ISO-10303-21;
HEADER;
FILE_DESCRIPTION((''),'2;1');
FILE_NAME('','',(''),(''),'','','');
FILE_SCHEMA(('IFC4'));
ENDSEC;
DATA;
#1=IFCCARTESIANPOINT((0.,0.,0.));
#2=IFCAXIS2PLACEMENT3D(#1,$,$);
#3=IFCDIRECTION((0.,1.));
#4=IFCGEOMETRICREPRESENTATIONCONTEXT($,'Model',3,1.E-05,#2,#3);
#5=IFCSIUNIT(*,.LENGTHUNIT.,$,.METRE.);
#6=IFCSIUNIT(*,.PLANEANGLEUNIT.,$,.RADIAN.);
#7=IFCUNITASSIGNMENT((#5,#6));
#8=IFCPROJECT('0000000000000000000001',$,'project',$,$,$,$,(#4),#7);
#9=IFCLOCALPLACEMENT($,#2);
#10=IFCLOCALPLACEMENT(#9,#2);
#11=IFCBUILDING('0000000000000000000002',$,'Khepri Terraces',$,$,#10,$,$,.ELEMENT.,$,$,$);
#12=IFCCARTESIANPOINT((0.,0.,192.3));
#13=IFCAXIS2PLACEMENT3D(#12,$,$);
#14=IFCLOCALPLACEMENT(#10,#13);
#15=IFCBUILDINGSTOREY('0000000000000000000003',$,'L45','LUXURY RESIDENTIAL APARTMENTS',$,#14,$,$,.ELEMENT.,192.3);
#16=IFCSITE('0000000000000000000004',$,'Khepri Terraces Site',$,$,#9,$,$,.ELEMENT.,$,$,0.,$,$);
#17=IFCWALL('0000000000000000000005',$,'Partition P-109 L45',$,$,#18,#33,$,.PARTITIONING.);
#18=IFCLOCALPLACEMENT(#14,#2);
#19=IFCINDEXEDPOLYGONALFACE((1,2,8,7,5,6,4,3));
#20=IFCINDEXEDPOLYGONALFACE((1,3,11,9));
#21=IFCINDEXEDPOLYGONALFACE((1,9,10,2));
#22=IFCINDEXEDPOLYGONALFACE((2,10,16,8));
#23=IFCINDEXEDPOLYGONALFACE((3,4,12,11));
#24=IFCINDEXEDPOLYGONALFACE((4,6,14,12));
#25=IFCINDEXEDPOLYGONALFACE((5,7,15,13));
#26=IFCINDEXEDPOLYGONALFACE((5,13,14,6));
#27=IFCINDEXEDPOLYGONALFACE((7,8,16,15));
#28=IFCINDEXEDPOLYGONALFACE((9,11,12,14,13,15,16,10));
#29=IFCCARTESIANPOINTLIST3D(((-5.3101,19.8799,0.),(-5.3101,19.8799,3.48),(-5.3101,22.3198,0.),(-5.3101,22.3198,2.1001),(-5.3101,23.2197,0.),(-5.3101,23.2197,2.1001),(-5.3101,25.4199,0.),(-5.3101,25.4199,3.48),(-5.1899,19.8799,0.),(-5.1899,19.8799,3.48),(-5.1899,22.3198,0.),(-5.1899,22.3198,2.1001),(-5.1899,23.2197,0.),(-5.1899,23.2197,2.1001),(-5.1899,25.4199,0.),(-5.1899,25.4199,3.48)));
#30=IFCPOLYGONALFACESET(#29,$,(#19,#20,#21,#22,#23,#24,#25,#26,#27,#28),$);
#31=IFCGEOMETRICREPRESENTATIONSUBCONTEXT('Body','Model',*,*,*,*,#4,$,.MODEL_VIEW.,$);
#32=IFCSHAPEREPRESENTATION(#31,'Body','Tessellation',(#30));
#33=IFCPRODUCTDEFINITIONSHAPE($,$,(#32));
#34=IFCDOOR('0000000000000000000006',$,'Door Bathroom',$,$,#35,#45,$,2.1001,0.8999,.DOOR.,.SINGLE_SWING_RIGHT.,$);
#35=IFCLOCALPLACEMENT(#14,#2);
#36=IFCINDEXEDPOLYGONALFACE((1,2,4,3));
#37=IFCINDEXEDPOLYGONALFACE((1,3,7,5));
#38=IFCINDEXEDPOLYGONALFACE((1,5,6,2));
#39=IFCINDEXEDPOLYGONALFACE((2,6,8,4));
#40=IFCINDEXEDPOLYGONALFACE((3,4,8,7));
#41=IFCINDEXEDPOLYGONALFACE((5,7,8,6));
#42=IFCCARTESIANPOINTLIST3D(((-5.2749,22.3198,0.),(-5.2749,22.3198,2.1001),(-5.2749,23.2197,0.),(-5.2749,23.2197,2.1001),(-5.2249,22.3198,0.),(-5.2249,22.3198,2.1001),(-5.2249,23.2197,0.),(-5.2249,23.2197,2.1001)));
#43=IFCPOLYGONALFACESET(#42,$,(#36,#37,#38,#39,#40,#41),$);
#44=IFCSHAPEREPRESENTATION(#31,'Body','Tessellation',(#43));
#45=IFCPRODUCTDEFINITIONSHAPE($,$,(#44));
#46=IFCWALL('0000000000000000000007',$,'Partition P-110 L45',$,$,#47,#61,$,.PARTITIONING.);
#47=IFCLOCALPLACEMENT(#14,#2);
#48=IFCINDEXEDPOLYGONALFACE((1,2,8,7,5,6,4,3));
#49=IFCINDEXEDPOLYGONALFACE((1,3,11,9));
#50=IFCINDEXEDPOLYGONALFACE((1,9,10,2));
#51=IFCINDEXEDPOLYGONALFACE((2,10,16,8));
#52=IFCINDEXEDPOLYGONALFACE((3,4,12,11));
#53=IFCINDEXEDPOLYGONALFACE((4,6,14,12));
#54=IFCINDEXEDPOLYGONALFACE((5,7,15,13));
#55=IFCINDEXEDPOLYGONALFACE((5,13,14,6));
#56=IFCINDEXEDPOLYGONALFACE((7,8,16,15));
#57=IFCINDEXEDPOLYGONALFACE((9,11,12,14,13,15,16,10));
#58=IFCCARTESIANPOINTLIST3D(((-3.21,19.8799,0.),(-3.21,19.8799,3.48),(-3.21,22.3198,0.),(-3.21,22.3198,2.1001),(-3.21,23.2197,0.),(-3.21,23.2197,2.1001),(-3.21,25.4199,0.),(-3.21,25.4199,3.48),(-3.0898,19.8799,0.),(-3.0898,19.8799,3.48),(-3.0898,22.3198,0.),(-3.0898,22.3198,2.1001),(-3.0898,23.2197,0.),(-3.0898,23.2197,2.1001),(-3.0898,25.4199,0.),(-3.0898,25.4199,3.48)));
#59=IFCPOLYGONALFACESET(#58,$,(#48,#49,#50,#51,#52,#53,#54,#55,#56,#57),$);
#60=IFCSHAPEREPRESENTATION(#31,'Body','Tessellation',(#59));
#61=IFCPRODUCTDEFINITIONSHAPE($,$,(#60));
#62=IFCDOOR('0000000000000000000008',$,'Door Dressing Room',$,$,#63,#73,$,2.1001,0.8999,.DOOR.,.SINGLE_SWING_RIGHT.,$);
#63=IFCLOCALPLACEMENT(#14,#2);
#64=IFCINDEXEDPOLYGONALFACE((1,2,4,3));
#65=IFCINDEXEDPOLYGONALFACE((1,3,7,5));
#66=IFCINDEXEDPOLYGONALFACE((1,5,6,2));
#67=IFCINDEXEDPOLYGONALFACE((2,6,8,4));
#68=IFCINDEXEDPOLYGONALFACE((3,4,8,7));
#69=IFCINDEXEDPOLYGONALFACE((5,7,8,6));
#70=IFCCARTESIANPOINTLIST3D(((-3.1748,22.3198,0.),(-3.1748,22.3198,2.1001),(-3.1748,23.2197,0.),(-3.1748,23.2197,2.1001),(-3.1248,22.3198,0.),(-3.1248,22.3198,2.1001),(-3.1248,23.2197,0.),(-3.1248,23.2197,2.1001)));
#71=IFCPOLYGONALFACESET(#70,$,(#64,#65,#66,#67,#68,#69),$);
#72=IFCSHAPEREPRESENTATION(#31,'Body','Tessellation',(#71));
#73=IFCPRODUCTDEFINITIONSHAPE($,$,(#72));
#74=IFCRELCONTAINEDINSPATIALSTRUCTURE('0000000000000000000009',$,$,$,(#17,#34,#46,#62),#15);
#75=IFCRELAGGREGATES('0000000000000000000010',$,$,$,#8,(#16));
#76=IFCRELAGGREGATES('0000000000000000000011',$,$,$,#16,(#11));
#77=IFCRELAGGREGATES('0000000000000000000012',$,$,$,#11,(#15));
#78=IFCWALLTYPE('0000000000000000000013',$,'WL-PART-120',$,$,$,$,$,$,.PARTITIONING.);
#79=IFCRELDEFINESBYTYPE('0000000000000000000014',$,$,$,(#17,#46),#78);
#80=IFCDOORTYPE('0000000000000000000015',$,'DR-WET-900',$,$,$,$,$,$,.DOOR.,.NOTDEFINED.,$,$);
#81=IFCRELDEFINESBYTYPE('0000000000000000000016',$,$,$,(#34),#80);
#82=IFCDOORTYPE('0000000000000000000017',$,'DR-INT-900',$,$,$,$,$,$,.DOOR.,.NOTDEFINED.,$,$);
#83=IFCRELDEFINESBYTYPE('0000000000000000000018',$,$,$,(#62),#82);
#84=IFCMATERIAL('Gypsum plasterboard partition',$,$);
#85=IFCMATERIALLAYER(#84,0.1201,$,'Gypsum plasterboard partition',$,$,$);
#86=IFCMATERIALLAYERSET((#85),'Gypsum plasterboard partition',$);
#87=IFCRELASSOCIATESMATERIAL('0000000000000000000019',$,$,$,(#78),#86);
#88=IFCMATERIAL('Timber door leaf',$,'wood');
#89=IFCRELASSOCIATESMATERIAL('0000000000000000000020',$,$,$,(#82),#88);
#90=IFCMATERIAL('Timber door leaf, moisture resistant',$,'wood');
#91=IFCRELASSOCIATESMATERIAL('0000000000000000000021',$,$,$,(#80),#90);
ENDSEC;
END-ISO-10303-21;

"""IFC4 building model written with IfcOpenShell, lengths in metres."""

from ifc_helpers import new_model, si_unit, direction, frame, frame_2d, origin, place, context, subcontext, project, spatial, rectangle, extrude, material, layer, layer_set, type_object, element, fill, save


model = new_model("IFC4")

# Units and contexts
model_context = context("Model", 3, precision=1e-05, world=origin(), true_north=direction((0.0, 1.0)))
body_context = subcontext(model_context, "Body", "Model", "MODEL_VIEW")
ifc_project = project(units=[si_unit("LENGTHUNIT", "METRE"), si_unit("PLANEANGLEUNIT", "RADIAN")], contexts=[model_context])

# Site, building, storey
site_placement = place(None, origin())
site = spatial("IfcSite", under=ifc_project, at=site_placement, Name="Khepri Terraces Site", CompositionType="ELEMENT", RefElevation=0.0)
building_placement = place(site_placement, origin())
building = spatial("IfcBuilding", under=site, at=building_placement, Name="Khepri Terraces", CompositionType="ELEMENT")
storey_placement = place(building_placement, frame((0.0, 0.0, 192.3)))
storey = spatial("IfcBuildingStorey", under=building, at=storey_placement, Name="L45", Description="LUXURY RESIDENTIAL APARTMENTS", CompositionType="ELEMENT", Elevation=192.3)

# Shared definitions
ifc_material_1 = material(Name="Gypsum plasterboard partition")
ifc_layer_1 = layer(ifc_material_1, 0.1201, Name="Gypsum plasterboard partition")
ifc_layer_set_1 = layer_set([ifc_layer_1], Name="Gypsum plasterboard partition")
wall_type_1 = type_object("IfcWallType", Name="WL-PART-120", PredefinedType="PARTITIONING", material=ifc_layer_set_1)
ifc_material_2 = material(Name="Timber door leaf", Category="wood")
door_type_1 = type_object("IfcDoorType", Name="DR-INT-900", OperationType="NOTDEFINED", PredefinedType="DOOR", material=ifc_material_2)
ifc_material_3 = material(Name="Timber door leaf, moisture resistant", Category="wood")
door_type_2 = type_object("IfcDoorType", Name="DR-WET-900", OperationType="NOTDEFINED", PredefinedType="DOOR", material=ifc_material_3)

# Walls, openings, doors
wall_1_placement = place(storey_placement, frame((-5.25, 19.8799, 0.0), z_axis=(0.0, 0.0, 1.0), x_axis=(0.0, 1.0, 0.0)))
wall_1 = element("IfcWall", 1, at=wall_1_placement, inside=storey, type_object=wall_type_1, Name="Partition P-109 L45", PredefinedType="PARTITIONING", context=body_context, shape_type="SweptSolid", body=[
    extrude(rectangle(XDim=5.54, YDim=0.1201, at=frame_2d((2.77, 0.0))), origin(), (0.0, 0.0, 1.0), 3.48),
])
opening_1_placement = place(wall_1_placement, frame((2.4399, 0.0, 0.0)))
opening_1 = element("IfcOpeningElement", 2, at=opening_1_placement, cuts=wall_1, PredefinedType="OPENING", context=body_context, shape_type="SweptSolid", body=[
    extrude(rectangle(XDim=0.8999, YDim=2.1001, at=frame_2d((0.45, 1.05))), frame((0.0, 0.0701, 0.0), z_axis=(0.0, -1.0, 0.0), x_axis=(1.0, 0.0, 0.0)), (0.0, 0.0, 1.0), 0.1401),
])
door_1_placement = place(opening_1_placement, origin())
door_1 = element("IfcDoor", 3, at=door_1_placement, inside=storey, type_object=door_type_2, Name="Door Bathroom", OperationType="SINGLE_SWING_RIGHT", OverallHeight=2.1001, OverallWidth=0.8999, PredefinedType="DOOR", context=body_context, shape_type="SweptSolid", body=[
    extrude(rectangle(XDim=0.8999, YDim=2.1001, at=frame_2d((0.45, 1.05))), frame((0.0, 0.0249, 0.0), z_axis=(0.0, -1.0, 0.0), x_axis=(1.0, 0.0, 0.0)), (0.0, 0.0, 1.0), 0.05),
])
fill(opening_1, door_1)
wall_2_placement = place(storey_placement, frame((-3.1499, 19.8799, 0.0), z_axis=(0.0, 0.0, 1.0), x_axis=(0.0, 1.0, 0.0)))
wall_2 = element("IfcWall", 4, at=wall_2_placement, inside=storey, type_object=wall_type_1, Name="Partition P-110 L45", PredefinedType="PARTITIONING", context=body_context, shape_type="SweptSolid", body=[
    extrude(rectangle(XDim=5.54, YDim=0.1201, at=frame_2d((2.77, 0.0))), origin(), (0.0, 0.0, 1.0), 3.48),
])
opening_2_placement = place(wall_2_placement, frame((2.4399, 0.0, 0.0)))
opening_2 = element("IfcOpeningElement", 5, at=opening_2_placement, cuts=wall_2, PredefinedType="OPENING", context=body_context, shape_type="SweptSolid", body=[
    extrude(rectangle(XDim=0.8999, YDim=2.1001, at=frame_2d((0.45, 1.05))), frame((0.0, 0.0701, 0.0), z_axis=(0.0, -1.0, 0.0), x_axis=(1.0, 0.0, 0.0)), (0.0, 0.0, 1.0), 0.1401),
])
door_2_placement = place(opening_2_placement, origin())
door_2 = element("IfcDoor", 6, at=door_2_placement, inside=storey, type_object=door_type_1, Name="Door Dressing Room", OperationType="SINGLE_SWING_RIGHT", OverallHeight=2.1001, OverallWidth=0.8999, PredefinedType="DOOR", context=body_context, shape_type="SweptSolid", body=[
    extrude(rectangle(XDim=0.8999, YDim=2.1001, at=frame_2d((0.45, 1.05))), frame((0.0, 0.0249, 0.0), z_axis=(0.0, -1.0, 0.0), x_axis=(1.0, 0.0, 0.0)), (0.0, 0.0, 1.0), 0.05),
])
fill(opening_2, door_2)

save(model, "model.ifc")
